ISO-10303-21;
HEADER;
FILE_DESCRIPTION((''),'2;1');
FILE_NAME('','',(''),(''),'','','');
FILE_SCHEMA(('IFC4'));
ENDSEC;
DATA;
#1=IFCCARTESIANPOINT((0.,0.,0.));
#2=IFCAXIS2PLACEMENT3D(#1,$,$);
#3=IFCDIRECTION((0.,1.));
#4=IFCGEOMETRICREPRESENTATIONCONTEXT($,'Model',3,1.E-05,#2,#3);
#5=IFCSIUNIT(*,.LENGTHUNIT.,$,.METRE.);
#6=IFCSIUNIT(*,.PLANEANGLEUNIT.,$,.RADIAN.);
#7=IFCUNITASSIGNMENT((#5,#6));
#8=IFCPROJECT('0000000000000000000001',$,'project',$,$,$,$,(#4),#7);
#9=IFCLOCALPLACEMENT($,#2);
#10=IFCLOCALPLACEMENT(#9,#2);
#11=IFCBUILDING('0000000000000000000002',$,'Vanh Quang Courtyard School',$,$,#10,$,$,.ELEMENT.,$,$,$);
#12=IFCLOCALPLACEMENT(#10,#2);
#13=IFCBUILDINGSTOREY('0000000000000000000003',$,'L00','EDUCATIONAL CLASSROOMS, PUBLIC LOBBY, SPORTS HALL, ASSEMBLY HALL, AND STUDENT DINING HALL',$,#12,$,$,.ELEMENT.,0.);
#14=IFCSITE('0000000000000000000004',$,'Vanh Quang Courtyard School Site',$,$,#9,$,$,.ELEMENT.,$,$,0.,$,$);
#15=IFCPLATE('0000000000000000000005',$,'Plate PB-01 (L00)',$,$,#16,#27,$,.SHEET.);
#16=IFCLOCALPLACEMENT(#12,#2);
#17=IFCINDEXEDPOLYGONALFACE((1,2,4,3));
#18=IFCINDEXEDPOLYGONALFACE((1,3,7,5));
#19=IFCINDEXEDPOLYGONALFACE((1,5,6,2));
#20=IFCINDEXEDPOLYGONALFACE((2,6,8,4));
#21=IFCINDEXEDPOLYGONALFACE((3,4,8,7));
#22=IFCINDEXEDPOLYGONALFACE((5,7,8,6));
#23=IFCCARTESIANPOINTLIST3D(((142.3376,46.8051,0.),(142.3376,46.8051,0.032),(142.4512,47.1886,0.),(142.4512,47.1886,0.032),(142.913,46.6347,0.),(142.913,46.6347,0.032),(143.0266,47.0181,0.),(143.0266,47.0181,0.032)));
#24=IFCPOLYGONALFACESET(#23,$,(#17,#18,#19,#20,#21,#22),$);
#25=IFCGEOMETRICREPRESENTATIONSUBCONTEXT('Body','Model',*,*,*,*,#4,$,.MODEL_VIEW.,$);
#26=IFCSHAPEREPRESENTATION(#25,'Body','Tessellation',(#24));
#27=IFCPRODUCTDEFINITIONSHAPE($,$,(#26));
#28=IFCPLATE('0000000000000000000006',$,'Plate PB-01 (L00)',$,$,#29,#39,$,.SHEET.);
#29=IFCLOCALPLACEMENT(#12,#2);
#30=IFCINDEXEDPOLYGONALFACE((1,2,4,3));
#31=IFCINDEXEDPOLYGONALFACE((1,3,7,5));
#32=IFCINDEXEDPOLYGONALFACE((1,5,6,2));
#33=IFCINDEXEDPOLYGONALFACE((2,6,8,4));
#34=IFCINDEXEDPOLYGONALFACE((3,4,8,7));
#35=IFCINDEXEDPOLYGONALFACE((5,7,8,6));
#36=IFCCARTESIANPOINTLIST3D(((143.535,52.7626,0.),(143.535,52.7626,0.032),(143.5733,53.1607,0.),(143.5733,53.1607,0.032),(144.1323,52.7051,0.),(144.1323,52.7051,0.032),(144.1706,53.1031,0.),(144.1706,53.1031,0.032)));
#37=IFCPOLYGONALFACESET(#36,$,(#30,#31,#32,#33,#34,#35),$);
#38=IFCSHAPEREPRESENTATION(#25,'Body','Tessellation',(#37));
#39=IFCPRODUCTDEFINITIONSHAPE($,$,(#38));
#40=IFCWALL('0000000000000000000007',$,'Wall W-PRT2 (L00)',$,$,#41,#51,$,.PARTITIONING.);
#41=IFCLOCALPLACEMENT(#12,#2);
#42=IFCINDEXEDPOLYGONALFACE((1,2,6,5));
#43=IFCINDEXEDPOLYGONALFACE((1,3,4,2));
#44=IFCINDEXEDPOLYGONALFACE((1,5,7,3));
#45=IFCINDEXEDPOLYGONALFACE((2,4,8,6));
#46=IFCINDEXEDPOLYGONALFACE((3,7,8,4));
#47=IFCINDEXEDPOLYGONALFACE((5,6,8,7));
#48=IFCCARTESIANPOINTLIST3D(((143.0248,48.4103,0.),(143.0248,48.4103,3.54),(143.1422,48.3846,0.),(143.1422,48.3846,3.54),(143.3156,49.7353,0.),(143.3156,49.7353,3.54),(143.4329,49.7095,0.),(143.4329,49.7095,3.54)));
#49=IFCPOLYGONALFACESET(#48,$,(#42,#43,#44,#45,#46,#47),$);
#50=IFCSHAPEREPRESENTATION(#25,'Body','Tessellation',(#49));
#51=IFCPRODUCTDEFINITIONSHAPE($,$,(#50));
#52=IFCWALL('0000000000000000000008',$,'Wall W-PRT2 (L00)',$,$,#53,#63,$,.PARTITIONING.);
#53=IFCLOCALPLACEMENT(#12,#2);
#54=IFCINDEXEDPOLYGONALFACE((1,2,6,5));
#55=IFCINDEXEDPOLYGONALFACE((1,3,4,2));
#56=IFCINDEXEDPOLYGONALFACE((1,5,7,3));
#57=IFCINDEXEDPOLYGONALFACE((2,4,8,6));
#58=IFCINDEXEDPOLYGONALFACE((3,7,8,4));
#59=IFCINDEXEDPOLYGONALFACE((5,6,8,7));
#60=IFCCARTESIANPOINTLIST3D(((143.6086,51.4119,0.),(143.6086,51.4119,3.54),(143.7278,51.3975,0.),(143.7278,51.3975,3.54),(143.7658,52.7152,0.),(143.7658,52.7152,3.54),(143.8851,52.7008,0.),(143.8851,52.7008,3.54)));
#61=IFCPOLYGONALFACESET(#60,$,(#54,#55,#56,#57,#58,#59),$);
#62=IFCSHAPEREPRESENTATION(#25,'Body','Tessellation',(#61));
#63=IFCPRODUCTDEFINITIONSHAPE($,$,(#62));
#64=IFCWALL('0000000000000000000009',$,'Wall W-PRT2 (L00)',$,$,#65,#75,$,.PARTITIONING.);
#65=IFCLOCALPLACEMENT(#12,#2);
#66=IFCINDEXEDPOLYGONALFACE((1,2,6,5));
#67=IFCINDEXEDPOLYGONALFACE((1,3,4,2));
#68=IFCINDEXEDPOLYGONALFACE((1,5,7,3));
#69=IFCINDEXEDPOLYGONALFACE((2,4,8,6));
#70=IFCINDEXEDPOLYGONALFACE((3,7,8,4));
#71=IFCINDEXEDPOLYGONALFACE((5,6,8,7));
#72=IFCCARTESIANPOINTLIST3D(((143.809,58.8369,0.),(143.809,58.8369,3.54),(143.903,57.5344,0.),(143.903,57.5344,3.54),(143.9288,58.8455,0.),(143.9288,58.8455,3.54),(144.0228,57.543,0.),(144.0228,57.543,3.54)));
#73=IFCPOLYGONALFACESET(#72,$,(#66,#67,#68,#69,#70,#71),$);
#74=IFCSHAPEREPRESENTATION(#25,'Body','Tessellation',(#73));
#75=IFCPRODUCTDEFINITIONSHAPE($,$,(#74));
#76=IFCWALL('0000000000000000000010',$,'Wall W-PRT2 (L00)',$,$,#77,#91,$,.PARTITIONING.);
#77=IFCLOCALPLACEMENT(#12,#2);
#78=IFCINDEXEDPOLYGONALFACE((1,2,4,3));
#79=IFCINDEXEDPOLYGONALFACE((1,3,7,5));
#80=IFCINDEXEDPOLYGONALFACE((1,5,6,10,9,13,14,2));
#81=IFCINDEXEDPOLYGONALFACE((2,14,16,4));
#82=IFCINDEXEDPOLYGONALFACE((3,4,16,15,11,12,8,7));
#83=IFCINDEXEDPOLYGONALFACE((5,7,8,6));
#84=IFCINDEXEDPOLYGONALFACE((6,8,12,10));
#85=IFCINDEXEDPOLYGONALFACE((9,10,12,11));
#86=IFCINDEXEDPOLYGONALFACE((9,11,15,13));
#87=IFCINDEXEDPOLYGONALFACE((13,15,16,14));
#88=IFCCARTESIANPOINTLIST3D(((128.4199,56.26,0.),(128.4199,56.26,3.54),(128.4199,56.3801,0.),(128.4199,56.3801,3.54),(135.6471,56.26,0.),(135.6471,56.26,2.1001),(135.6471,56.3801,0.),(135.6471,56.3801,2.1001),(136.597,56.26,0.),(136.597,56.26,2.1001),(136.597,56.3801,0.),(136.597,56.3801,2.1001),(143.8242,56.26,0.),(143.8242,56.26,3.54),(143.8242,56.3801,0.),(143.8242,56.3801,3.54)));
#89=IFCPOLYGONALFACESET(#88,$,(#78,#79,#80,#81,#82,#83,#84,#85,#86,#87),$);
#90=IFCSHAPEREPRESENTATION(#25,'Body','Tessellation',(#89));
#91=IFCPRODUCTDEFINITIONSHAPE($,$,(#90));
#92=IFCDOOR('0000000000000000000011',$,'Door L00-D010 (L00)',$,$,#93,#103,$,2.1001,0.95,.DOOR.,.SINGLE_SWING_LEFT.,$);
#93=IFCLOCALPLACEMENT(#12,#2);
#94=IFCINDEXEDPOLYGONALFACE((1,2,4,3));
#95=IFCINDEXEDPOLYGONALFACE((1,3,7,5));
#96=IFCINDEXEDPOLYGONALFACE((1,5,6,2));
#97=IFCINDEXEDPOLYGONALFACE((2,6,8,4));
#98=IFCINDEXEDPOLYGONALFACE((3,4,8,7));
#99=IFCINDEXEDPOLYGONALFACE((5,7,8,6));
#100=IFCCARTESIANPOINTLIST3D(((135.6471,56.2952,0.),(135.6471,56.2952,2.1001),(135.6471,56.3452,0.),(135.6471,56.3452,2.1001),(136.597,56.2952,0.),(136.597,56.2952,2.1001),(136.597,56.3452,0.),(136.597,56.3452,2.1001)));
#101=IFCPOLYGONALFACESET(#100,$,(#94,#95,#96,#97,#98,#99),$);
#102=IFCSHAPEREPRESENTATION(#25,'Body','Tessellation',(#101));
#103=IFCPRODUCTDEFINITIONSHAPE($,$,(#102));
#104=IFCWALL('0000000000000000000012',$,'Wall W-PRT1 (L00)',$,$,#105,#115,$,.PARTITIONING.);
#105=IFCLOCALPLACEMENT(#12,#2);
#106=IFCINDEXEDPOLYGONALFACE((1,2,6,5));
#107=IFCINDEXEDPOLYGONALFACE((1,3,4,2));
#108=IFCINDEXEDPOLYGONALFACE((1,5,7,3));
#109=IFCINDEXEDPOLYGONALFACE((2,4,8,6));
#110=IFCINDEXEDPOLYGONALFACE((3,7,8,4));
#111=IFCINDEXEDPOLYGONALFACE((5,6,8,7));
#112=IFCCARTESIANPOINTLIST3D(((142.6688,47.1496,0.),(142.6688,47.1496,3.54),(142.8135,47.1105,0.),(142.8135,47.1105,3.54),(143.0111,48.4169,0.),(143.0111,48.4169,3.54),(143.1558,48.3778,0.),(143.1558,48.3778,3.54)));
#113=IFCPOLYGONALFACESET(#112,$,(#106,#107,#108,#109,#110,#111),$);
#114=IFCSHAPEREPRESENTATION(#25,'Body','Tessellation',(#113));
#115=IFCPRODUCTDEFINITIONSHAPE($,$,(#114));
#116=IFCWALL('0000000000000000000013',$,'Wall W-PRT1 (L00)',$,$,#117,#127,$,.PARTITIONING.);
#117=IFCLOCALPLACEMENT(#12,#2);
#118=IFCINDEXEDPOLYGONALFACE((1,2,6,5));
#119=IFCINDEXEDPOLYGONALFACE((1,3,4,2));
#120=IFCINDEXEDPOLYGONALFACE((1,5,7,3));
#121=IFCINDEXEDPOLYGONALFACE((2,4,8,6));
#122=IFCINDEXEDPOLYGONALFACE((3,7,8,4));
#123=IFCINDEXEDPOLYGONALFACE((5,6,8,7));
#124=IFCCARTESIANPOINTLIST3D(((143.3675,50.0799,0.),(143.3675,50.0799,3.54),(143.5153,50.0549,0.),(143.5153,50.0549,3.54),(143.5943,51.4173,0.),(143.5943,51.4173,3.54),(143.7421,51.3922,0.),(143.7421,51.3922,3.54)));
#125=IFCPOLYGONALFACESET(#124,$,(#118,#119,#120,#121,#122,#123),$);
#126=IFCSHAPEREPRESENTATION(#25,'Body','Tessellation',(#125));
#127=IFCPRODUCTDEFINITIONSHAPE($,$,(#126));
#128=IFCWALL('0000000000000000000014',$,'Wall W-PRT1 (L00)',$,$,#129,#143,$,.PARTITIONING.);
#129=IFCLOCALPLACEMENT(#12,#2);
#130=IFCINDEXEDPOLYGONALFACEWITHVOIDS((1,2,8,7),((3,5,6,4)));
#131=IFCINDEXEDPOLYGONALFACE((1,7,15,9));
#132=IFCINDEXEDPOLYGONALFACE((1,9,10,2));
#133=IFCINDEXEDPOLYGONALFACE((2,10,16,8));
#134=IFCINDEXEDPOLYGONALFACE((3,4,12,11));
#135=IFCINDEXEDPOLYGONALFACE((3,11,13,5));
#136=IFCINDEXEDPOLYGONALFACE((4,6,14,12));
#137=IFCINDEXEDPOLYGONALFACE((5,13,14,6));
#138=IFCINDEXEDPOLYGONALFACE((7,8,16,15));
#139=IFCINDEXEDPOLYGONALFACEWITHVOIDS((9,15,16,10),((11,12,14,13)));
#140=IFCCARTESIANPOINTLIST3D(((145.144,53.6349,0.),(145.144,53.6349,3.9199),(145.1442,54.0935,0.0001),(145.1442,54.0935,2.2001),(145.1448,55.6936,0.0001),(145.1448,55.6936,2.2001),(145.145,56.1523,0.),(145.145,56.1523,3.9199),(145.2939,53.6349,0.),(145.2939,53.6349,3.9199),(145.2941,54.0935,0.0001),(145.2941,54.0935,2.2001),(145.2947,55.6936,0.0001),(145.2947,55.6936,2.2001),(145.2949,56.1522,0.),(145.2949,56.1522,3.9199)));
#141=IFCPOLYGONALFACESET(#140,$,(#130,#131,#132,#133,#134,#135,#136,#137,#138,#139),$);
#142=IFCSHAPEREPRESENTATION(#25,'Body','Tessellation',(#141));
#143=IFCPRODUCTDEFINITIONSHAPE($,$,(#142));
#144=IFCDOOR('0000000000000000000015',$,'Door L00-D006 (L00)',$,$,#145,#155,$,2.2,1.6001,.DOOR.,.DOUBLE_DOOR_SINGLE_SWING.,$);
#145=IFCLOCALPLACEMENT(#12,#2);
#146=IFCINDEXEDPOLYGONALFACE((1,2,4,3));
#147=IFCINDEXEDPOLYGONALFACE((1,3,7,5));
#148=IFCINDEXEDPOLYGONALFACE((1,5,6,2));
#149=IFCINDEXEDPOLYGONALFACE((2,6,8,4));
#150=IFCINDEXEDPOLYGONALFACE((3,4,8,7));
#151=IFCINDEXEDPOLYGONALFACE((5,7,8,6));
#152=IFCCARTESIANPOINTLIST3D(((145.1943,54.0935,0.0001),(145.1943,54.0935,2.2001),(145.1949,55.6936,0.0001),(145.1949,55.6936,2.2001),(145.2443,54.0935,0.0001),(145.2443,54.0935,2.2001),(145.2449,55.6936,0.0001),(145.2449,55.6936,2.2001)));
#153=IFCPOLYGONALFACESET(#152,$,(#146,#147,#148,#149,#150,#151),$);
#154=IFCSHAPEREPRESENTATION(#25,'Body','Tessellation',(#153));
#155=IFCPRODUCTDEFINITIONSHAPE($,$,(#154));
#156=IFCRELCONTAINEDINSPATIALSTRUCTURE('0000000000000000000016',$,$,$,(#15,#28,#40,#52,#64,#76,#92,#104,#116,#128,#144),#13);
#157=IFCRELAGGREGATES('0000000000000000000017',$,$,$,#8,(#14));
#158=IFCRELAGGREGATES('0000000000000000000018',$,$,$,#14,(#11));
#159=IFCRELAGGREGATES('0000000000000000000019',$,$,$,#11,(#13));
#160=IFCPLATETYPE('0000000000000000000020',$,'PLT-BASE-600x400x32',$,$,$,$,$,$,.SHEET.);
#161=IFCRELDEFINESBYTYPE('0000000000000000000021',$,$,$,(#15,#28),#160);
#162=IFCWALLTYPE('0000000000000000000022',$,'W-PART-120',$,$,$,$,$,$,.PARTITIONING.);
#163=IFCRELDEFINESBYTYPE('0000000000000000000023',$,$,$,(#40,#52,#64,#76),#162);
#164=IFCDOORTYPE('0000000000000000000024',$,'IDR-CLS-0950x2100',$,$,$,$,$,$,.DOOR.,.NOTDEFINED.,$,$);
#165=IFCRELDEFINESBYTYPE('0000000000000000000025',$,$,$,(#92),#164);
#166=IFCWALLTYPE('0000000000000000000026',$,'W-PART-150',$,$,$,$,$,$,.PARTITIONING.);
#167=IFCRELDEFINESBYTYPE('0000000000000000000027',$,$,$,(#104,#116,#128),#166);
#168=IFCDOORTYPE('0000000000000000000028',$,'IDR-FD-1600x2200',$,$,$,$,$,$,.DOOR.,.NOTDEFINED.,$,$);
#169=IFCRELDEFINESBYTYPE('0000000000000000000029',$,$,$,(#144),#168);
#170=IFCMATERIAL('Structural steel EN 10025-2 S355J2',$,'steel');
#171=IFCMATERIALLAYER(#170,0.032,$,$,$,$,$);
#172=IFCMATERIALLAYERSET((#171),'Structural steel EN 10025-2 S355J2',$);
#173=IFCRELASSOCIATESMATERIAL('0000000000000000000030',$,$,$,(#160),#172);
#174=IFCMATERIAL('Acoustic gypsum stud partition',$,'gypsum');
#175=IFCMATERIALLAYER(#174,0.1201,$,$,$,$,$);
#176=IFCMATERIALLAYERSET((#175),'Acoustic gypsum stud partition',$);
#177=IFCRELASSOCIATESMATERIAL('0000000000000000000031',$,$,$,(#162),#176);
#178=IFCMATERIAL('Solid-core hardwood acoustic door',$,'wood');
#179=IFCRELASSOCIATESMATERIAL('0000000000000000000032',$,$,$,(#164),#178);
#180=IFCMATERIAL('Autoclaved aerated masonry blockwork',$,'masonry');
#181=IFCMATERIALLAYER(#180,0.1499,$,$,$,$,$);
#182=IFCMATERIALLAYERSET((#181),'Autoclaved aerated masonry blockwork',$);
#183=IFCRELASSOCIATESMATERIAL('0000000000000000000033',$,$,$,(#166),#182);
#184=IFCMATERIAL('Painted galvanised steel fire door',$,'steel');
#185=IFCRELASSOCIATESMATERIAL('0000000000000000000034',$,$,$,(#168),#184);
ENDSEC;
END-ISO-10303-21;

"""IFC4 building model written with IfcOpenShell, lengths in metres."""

from ifc_helpers import new_model, si_unit, direction, frame, frame_2d, origin, origin_2d, place, context, subcontext, project, spatial, rectangle, extrude, material, layer, layer_set, type_object, element, fill, save


model = new_model("IFC4")

# Units and contexts
model_context = context("Model", 3, precision=1e-05, world=origin(), true_north=direction((0.0, 1.0)))
body_context = subcontext(model_context, "Body", "Model", "MODEL_VIEW")
ifc_project = project(units=[si_unit("LENGTHUNIT", "METRE"), si_unit("PLANEANGLEUNIT", "RADIAN")], contexts=[model_context])

# Site, building, storey
site_placement = place(None, origin())
site = spatial("IfcSite", under=ifc_project, at=site_placement, Name="Vanh Quang Courtyard School Site", CompositionType="ELEMENT", RefElevation=0.0)
building_placement = place(site_placement, origin())
building = spatial("IfcBuilding", under=site, at=building_placement, Name="Vanh Quang Courtyard School", CompositionType="ELEMENT")
storey_placement = place(building_placement, origin())
storey = spatial("IfcBuildingStorey", under=building, at=storey_placement, Name="L00", Description="EDUCATIONAL CLASSROOMS, PUBLIC LOBBY, SPORTS HALL, ASSEMBLY HALL, AND STUDENT DINING HALL", CompositionType="ELEMENT", Elevation=0.0)

# Shared definitions
ifc_material_1 = material(Name="Structural steel EN 10025-2 S355J2", Category="steel")

# Plates
ifc_layer_1 = layer(ifc_material_1, 0.032)
ifc_layer_set_1 = layer_set([ifc_layer_1], Name="Structural steel EN 10025-2 S355J2")
plate_type_1 = type_object("IfcPlateType", Name="PLT-BASE-600x400x32", PredefinedType="SHEET", material=ifc_layer_set_1)
for number, where, z_axis, x_axis, name in (
    (1, (142.6821, 46.9116, 0.0), (0.0, 0.0, 1.0), (0.95882, -0.284015, 0.0), "Plate PB-01 (L00)"),
    (2, (143.8528, 52.9329, 0.0), (0.0, 0.0, 1.0), (0.995396, -0.095846, 0.0), "Plate PB-01 (L00)"),
):
    element("IfcPlate", number, at=place(storey_placement, frame(where, z_axis=z_axis, x_axis=x_axis)), inside=storey, type_object=plate_type_1, Name=name, PredefinedType="SHEET", context=body_context, shape_type="SweptSolid", body=[
        extrude(rectangle(XDim=0.6001, YDim=0.3999, at=origin_2d()), origin(), (0.0, 0.0, 1.0), 0.032),
    ])

# Walls
ifc_material_2 = material(Name="Acoustic gypsum stud partition", Category="gypsum")
ifc_layer_2 = layer(ifc_material_2, 0.1201)
ifc_layer_set_2 = layer_set([ifc_layer_2], Name="Acoustic gypsum stud partition")
wall_type_1 = type_object("IfcWallType", Name="W-PART-120", PredefinedType="PARTITIONING", material=ifc_layer_set_2)
wall_1_placement = place(storey_placement, frame((143.0835, 48.3975, 0.0), z_axis=(0.0, 0.0, 1.0), x_axis=(0.214357, 0.976755, 0.0)))
element("IfcWall", 3, at=wall_1_placement, inside=storey, type_object=wall_type_1, Name="Wall W-PRT2 (L00)", PredefinedType="PARTITIONING", context=body_context, shape_type="SweptSolid", body=[
    extrude(rectangle(XDim=1.3564, YDim=0.1201, at=frame_2d((0.6782, 0.0))), origin(), (0.0, 0.0, 1.0), 3.54),
])
wall_2_placement = place(storey_placement, frame((143.6682, 51.4048, 0.0), z_axis=(0.0, 0.0, 1.0), x_axis=(0.119776, 0.992801, 0.0)))
element("IfcWall", 4, at=wall_2_placement, inside=storey, type_object=wall_type_1, Name="Wall W-PRT2 (L00)", PredefinedType="PARTITIONING", context=body_context, shape_type="SweptSolid", body=[
    extrude(rectangle(XDim=1.3127, YDim=0.1201, at=frame_2d((0.6562, 0.0))), origin(), (0.0, 0.0, 1.0), 3.54),
])
wall_3_placement = place(storey_placement, frame((143.9629, 57.5388, 0.0), z_axis=(0.0, 0.0, 1.0), x_axis=(-0.071978, 0.997406, 0.0)))
element("IfcWall", 5, at=wall_3_placement, inside=storey, type_object=wall_type_1, Name="Wall W-PRT2 (L00)", PredefinedType="PARTITIONING", context=body_context, shape_type="SweptSolid", body=[
    extrude(rectangle(XDim=1.3059, YDim=0.1201, at=frame_2d((0.6528, 0.0))), origin(), (0.0, 0.0, 1.0), 3.54),
])

# Wall, opening, door
wall_4_placement = place(storey_placement, frame((143.8242, 56.3201, 0.0), z_axis=(0.0, 0.0, 1.0), x_axis=(-1.0, 0.0, 0.0)))
wall_4 = element("IfcWall", 6, at=wall_4_placement, inside=storey, type_object=wall_type_1, Name="Wall W-PRT2 (L00)", PredefinedType="PARTITIONING", context=body_context, shape_type="SweptSolid", body=[
    extrude(rectangle(XDim=15.4043, YDim=0.1201, at=frame_2d((7.7021, 0.0))), origin(), (0.0, 0.0, 1.0), 3.54),
])
opening_1_placement = place(wall_4_placement, frame((7.2271, 0.0, 0.0)))
opening_1 = element("IfcOpeningElement", 7, at=opening_1_placement, cuts=wall_4, PredefinedType="OPENING", context=body_context, shape_type="SweptSolid", body=[
    extrude(rectangle(XDim=0.95, YDim=2.1001, at=frame_2d((0.4751, 1.05))), frame((0.0, 0.0701, 0.0), z_axis=(0.0, -1.0, 0.0), x_axis=(1.0, 0.0, 0.0)), (0.0, 0.0, 1.0), 0.1401),
])
ifc_material_3 = material(Name="Solid-core hardwood acoustic door", Category="wood")
door_type_1 = type_object("IfcDoorType", Name="IDR-CLS-0950x2100", OperationType="NOTDEFINED", PredefinedType="DOOR", material=ifc_material_3)
door_1_placement = place(opening_1_placement, origin())
door_1 = element("IfcDoor", 8, at=door_1_placement, inside=storey, type_object=door_type_1, Name="Door L00-D010 (L00)", OperationType="SINGLE_SWING_LEFT", OverallHeight=2.1001, OverallWidth=0.95, PredefinedType="DOOR", context=body_context, shape_type="SweptSolid", body=[
    extrude(rectangle(XDim=0.95, YDim=2.1001, at=frame_2d((0.4751, 1.05))), frame((0.0, 0.0249, 0.0), z_axis=(0.0, -1.0, 0.0), x_axis=(1.0, 0.0, 0.0)), (0.0, 0.0, 1.0), 0.05),
])
fill(opening_1, door_1)

# Walls
ifc_material_4 = material(Name="Autoclaved aerated masonry blockwork", Category="masonry")
ifc_layer_3 = layer(ifc_material_4, 0.1499)
ifc_layer_set_3 = layer_set([ifc_layer_3], Name="Autoclaved aerated masonry blockwork")
wall_type_2 = type_object("IfcWallType", Name="W-PART-150", PredefinedType="PARTITIONING", material=ifc_layer_set_3)
wall_5_placement = place(storey_placement, frame((142.7412, 47.1301, 0.0), z_axis=(0.0, 0.0, 1.0), x_axis=(0.26074, 0.965409, 0.0)))
element("IfcWall", 9, at=wall_5_placement, inside=storey, type_object=wall_type_2, Name="Wall W-PRT1 (L00)", PredefinedType="PARTITIONING", context=body_context, shape_type="SweptSolid", body=[
    extrude(rectangle(XDim=1.3127, YDim=0.1499, at=frame_2d((0.6562, 0.0))), origin(), (0.0, 0.0, 1.0), 3.54),
])
wall_6_placement = place(storey_placement, frame((143.4414, 50.0674, 0.0), z_axis=(0.0, 0.0, 1.0), x_axis=(0.1672, 0.985923, 0.0)))
element("IfcWall", 10, at=wall_6_placement, inside=storey, type_object=wall_type_2, Name="Wall W-PRT1 (L00)", PredefinedType="PARTITIONING", context=body_context, shape_type="SweptSolid", body=[
    extrude(rectangle(XDim=1.3564, YDim=0.1499, at=frame_2d((0.6782, 0.0))), origin(), (0.0, 0.0, 1.0), 3.54),
])

# Wall, opening, door
wall_7_placement = place(storey_placement, frame((145.219, 53.6348, 0.0), z_axis=(0.0, 0.0, 1.0), x_axis=(0.000388, 1.0, 0.0)))
wall_7 = element("IfcWall", 11, at=wall_7_placement, inside=storey, type_object=wall_type_2, Name="Wall W-PRT1 (L00)", PredefinedType="PARTITIONING", context=body_context, shape_type="SweptSolid", body=[
    extrude(rectangle(XDim=2.5173, YDim=0.1499, at=frame_2d((1.2588, 0.0))), origin(), (0.0, 0.0, 1.0), 3.9199),
])
opening_2_placement = place(wall_7_placement, frame((0.4587, 0.0, 0.0)))
opening_2 = element("IfcOpeningElement", 12, at=opening_2_placement, cuts=wall_7, PredefinedType="OPENING", context=body_context, shape_type="SweptSolid", body=[
    extrude(rectangle(XDim=1.6001, YDim=2.2, at=frame_2d((0.8, 1.1001))), frame((0.0, 0.085, 0.0), z_axis=(0.0, -1.0, 0.0), x_axis=(1.0, 0.0, 0.0)), (0.0, 0.0, 1.0), 0.1699),
])
ifc_material_5 = material(Name="Painted galvanised steel fire door", Category="steel")
door_type_2 = type_object("IfcDoorType", Name="IDR-FD-1600x2200", OperationType="NOTDEFINED", PredefinedType="DOOR", material=ifc_material_5)
door_2_placement = place(opening_2_placement, origin())
door_2 = element("IfcDoor", 13, at=door_2_placement, inside=storey, type_object=door_type_2, Name="Door L00-D006 (L00)", OperationType="DOUBLE_DOOR_SINGLE_SWING", OverallHeight=2.2, OverallWidth=1.6001, PredefinedType="DOOR", context=body_context, shape_type="SweptSolid", body=[
    extrude(rectangle(XDim=1.6001, YDim=2.2, at=frame_2d((0.8, 1.1001))), frame((0.0, 0.0249, 0.0), z_axis=(0.0, -1.0, 0.0), x_axis=(1.0, 0.0, 0.0)), (0.0, 0.0, 1.0), 0.05),
])
fill(opening_2, door_2)

save(model, "model.ifc")
